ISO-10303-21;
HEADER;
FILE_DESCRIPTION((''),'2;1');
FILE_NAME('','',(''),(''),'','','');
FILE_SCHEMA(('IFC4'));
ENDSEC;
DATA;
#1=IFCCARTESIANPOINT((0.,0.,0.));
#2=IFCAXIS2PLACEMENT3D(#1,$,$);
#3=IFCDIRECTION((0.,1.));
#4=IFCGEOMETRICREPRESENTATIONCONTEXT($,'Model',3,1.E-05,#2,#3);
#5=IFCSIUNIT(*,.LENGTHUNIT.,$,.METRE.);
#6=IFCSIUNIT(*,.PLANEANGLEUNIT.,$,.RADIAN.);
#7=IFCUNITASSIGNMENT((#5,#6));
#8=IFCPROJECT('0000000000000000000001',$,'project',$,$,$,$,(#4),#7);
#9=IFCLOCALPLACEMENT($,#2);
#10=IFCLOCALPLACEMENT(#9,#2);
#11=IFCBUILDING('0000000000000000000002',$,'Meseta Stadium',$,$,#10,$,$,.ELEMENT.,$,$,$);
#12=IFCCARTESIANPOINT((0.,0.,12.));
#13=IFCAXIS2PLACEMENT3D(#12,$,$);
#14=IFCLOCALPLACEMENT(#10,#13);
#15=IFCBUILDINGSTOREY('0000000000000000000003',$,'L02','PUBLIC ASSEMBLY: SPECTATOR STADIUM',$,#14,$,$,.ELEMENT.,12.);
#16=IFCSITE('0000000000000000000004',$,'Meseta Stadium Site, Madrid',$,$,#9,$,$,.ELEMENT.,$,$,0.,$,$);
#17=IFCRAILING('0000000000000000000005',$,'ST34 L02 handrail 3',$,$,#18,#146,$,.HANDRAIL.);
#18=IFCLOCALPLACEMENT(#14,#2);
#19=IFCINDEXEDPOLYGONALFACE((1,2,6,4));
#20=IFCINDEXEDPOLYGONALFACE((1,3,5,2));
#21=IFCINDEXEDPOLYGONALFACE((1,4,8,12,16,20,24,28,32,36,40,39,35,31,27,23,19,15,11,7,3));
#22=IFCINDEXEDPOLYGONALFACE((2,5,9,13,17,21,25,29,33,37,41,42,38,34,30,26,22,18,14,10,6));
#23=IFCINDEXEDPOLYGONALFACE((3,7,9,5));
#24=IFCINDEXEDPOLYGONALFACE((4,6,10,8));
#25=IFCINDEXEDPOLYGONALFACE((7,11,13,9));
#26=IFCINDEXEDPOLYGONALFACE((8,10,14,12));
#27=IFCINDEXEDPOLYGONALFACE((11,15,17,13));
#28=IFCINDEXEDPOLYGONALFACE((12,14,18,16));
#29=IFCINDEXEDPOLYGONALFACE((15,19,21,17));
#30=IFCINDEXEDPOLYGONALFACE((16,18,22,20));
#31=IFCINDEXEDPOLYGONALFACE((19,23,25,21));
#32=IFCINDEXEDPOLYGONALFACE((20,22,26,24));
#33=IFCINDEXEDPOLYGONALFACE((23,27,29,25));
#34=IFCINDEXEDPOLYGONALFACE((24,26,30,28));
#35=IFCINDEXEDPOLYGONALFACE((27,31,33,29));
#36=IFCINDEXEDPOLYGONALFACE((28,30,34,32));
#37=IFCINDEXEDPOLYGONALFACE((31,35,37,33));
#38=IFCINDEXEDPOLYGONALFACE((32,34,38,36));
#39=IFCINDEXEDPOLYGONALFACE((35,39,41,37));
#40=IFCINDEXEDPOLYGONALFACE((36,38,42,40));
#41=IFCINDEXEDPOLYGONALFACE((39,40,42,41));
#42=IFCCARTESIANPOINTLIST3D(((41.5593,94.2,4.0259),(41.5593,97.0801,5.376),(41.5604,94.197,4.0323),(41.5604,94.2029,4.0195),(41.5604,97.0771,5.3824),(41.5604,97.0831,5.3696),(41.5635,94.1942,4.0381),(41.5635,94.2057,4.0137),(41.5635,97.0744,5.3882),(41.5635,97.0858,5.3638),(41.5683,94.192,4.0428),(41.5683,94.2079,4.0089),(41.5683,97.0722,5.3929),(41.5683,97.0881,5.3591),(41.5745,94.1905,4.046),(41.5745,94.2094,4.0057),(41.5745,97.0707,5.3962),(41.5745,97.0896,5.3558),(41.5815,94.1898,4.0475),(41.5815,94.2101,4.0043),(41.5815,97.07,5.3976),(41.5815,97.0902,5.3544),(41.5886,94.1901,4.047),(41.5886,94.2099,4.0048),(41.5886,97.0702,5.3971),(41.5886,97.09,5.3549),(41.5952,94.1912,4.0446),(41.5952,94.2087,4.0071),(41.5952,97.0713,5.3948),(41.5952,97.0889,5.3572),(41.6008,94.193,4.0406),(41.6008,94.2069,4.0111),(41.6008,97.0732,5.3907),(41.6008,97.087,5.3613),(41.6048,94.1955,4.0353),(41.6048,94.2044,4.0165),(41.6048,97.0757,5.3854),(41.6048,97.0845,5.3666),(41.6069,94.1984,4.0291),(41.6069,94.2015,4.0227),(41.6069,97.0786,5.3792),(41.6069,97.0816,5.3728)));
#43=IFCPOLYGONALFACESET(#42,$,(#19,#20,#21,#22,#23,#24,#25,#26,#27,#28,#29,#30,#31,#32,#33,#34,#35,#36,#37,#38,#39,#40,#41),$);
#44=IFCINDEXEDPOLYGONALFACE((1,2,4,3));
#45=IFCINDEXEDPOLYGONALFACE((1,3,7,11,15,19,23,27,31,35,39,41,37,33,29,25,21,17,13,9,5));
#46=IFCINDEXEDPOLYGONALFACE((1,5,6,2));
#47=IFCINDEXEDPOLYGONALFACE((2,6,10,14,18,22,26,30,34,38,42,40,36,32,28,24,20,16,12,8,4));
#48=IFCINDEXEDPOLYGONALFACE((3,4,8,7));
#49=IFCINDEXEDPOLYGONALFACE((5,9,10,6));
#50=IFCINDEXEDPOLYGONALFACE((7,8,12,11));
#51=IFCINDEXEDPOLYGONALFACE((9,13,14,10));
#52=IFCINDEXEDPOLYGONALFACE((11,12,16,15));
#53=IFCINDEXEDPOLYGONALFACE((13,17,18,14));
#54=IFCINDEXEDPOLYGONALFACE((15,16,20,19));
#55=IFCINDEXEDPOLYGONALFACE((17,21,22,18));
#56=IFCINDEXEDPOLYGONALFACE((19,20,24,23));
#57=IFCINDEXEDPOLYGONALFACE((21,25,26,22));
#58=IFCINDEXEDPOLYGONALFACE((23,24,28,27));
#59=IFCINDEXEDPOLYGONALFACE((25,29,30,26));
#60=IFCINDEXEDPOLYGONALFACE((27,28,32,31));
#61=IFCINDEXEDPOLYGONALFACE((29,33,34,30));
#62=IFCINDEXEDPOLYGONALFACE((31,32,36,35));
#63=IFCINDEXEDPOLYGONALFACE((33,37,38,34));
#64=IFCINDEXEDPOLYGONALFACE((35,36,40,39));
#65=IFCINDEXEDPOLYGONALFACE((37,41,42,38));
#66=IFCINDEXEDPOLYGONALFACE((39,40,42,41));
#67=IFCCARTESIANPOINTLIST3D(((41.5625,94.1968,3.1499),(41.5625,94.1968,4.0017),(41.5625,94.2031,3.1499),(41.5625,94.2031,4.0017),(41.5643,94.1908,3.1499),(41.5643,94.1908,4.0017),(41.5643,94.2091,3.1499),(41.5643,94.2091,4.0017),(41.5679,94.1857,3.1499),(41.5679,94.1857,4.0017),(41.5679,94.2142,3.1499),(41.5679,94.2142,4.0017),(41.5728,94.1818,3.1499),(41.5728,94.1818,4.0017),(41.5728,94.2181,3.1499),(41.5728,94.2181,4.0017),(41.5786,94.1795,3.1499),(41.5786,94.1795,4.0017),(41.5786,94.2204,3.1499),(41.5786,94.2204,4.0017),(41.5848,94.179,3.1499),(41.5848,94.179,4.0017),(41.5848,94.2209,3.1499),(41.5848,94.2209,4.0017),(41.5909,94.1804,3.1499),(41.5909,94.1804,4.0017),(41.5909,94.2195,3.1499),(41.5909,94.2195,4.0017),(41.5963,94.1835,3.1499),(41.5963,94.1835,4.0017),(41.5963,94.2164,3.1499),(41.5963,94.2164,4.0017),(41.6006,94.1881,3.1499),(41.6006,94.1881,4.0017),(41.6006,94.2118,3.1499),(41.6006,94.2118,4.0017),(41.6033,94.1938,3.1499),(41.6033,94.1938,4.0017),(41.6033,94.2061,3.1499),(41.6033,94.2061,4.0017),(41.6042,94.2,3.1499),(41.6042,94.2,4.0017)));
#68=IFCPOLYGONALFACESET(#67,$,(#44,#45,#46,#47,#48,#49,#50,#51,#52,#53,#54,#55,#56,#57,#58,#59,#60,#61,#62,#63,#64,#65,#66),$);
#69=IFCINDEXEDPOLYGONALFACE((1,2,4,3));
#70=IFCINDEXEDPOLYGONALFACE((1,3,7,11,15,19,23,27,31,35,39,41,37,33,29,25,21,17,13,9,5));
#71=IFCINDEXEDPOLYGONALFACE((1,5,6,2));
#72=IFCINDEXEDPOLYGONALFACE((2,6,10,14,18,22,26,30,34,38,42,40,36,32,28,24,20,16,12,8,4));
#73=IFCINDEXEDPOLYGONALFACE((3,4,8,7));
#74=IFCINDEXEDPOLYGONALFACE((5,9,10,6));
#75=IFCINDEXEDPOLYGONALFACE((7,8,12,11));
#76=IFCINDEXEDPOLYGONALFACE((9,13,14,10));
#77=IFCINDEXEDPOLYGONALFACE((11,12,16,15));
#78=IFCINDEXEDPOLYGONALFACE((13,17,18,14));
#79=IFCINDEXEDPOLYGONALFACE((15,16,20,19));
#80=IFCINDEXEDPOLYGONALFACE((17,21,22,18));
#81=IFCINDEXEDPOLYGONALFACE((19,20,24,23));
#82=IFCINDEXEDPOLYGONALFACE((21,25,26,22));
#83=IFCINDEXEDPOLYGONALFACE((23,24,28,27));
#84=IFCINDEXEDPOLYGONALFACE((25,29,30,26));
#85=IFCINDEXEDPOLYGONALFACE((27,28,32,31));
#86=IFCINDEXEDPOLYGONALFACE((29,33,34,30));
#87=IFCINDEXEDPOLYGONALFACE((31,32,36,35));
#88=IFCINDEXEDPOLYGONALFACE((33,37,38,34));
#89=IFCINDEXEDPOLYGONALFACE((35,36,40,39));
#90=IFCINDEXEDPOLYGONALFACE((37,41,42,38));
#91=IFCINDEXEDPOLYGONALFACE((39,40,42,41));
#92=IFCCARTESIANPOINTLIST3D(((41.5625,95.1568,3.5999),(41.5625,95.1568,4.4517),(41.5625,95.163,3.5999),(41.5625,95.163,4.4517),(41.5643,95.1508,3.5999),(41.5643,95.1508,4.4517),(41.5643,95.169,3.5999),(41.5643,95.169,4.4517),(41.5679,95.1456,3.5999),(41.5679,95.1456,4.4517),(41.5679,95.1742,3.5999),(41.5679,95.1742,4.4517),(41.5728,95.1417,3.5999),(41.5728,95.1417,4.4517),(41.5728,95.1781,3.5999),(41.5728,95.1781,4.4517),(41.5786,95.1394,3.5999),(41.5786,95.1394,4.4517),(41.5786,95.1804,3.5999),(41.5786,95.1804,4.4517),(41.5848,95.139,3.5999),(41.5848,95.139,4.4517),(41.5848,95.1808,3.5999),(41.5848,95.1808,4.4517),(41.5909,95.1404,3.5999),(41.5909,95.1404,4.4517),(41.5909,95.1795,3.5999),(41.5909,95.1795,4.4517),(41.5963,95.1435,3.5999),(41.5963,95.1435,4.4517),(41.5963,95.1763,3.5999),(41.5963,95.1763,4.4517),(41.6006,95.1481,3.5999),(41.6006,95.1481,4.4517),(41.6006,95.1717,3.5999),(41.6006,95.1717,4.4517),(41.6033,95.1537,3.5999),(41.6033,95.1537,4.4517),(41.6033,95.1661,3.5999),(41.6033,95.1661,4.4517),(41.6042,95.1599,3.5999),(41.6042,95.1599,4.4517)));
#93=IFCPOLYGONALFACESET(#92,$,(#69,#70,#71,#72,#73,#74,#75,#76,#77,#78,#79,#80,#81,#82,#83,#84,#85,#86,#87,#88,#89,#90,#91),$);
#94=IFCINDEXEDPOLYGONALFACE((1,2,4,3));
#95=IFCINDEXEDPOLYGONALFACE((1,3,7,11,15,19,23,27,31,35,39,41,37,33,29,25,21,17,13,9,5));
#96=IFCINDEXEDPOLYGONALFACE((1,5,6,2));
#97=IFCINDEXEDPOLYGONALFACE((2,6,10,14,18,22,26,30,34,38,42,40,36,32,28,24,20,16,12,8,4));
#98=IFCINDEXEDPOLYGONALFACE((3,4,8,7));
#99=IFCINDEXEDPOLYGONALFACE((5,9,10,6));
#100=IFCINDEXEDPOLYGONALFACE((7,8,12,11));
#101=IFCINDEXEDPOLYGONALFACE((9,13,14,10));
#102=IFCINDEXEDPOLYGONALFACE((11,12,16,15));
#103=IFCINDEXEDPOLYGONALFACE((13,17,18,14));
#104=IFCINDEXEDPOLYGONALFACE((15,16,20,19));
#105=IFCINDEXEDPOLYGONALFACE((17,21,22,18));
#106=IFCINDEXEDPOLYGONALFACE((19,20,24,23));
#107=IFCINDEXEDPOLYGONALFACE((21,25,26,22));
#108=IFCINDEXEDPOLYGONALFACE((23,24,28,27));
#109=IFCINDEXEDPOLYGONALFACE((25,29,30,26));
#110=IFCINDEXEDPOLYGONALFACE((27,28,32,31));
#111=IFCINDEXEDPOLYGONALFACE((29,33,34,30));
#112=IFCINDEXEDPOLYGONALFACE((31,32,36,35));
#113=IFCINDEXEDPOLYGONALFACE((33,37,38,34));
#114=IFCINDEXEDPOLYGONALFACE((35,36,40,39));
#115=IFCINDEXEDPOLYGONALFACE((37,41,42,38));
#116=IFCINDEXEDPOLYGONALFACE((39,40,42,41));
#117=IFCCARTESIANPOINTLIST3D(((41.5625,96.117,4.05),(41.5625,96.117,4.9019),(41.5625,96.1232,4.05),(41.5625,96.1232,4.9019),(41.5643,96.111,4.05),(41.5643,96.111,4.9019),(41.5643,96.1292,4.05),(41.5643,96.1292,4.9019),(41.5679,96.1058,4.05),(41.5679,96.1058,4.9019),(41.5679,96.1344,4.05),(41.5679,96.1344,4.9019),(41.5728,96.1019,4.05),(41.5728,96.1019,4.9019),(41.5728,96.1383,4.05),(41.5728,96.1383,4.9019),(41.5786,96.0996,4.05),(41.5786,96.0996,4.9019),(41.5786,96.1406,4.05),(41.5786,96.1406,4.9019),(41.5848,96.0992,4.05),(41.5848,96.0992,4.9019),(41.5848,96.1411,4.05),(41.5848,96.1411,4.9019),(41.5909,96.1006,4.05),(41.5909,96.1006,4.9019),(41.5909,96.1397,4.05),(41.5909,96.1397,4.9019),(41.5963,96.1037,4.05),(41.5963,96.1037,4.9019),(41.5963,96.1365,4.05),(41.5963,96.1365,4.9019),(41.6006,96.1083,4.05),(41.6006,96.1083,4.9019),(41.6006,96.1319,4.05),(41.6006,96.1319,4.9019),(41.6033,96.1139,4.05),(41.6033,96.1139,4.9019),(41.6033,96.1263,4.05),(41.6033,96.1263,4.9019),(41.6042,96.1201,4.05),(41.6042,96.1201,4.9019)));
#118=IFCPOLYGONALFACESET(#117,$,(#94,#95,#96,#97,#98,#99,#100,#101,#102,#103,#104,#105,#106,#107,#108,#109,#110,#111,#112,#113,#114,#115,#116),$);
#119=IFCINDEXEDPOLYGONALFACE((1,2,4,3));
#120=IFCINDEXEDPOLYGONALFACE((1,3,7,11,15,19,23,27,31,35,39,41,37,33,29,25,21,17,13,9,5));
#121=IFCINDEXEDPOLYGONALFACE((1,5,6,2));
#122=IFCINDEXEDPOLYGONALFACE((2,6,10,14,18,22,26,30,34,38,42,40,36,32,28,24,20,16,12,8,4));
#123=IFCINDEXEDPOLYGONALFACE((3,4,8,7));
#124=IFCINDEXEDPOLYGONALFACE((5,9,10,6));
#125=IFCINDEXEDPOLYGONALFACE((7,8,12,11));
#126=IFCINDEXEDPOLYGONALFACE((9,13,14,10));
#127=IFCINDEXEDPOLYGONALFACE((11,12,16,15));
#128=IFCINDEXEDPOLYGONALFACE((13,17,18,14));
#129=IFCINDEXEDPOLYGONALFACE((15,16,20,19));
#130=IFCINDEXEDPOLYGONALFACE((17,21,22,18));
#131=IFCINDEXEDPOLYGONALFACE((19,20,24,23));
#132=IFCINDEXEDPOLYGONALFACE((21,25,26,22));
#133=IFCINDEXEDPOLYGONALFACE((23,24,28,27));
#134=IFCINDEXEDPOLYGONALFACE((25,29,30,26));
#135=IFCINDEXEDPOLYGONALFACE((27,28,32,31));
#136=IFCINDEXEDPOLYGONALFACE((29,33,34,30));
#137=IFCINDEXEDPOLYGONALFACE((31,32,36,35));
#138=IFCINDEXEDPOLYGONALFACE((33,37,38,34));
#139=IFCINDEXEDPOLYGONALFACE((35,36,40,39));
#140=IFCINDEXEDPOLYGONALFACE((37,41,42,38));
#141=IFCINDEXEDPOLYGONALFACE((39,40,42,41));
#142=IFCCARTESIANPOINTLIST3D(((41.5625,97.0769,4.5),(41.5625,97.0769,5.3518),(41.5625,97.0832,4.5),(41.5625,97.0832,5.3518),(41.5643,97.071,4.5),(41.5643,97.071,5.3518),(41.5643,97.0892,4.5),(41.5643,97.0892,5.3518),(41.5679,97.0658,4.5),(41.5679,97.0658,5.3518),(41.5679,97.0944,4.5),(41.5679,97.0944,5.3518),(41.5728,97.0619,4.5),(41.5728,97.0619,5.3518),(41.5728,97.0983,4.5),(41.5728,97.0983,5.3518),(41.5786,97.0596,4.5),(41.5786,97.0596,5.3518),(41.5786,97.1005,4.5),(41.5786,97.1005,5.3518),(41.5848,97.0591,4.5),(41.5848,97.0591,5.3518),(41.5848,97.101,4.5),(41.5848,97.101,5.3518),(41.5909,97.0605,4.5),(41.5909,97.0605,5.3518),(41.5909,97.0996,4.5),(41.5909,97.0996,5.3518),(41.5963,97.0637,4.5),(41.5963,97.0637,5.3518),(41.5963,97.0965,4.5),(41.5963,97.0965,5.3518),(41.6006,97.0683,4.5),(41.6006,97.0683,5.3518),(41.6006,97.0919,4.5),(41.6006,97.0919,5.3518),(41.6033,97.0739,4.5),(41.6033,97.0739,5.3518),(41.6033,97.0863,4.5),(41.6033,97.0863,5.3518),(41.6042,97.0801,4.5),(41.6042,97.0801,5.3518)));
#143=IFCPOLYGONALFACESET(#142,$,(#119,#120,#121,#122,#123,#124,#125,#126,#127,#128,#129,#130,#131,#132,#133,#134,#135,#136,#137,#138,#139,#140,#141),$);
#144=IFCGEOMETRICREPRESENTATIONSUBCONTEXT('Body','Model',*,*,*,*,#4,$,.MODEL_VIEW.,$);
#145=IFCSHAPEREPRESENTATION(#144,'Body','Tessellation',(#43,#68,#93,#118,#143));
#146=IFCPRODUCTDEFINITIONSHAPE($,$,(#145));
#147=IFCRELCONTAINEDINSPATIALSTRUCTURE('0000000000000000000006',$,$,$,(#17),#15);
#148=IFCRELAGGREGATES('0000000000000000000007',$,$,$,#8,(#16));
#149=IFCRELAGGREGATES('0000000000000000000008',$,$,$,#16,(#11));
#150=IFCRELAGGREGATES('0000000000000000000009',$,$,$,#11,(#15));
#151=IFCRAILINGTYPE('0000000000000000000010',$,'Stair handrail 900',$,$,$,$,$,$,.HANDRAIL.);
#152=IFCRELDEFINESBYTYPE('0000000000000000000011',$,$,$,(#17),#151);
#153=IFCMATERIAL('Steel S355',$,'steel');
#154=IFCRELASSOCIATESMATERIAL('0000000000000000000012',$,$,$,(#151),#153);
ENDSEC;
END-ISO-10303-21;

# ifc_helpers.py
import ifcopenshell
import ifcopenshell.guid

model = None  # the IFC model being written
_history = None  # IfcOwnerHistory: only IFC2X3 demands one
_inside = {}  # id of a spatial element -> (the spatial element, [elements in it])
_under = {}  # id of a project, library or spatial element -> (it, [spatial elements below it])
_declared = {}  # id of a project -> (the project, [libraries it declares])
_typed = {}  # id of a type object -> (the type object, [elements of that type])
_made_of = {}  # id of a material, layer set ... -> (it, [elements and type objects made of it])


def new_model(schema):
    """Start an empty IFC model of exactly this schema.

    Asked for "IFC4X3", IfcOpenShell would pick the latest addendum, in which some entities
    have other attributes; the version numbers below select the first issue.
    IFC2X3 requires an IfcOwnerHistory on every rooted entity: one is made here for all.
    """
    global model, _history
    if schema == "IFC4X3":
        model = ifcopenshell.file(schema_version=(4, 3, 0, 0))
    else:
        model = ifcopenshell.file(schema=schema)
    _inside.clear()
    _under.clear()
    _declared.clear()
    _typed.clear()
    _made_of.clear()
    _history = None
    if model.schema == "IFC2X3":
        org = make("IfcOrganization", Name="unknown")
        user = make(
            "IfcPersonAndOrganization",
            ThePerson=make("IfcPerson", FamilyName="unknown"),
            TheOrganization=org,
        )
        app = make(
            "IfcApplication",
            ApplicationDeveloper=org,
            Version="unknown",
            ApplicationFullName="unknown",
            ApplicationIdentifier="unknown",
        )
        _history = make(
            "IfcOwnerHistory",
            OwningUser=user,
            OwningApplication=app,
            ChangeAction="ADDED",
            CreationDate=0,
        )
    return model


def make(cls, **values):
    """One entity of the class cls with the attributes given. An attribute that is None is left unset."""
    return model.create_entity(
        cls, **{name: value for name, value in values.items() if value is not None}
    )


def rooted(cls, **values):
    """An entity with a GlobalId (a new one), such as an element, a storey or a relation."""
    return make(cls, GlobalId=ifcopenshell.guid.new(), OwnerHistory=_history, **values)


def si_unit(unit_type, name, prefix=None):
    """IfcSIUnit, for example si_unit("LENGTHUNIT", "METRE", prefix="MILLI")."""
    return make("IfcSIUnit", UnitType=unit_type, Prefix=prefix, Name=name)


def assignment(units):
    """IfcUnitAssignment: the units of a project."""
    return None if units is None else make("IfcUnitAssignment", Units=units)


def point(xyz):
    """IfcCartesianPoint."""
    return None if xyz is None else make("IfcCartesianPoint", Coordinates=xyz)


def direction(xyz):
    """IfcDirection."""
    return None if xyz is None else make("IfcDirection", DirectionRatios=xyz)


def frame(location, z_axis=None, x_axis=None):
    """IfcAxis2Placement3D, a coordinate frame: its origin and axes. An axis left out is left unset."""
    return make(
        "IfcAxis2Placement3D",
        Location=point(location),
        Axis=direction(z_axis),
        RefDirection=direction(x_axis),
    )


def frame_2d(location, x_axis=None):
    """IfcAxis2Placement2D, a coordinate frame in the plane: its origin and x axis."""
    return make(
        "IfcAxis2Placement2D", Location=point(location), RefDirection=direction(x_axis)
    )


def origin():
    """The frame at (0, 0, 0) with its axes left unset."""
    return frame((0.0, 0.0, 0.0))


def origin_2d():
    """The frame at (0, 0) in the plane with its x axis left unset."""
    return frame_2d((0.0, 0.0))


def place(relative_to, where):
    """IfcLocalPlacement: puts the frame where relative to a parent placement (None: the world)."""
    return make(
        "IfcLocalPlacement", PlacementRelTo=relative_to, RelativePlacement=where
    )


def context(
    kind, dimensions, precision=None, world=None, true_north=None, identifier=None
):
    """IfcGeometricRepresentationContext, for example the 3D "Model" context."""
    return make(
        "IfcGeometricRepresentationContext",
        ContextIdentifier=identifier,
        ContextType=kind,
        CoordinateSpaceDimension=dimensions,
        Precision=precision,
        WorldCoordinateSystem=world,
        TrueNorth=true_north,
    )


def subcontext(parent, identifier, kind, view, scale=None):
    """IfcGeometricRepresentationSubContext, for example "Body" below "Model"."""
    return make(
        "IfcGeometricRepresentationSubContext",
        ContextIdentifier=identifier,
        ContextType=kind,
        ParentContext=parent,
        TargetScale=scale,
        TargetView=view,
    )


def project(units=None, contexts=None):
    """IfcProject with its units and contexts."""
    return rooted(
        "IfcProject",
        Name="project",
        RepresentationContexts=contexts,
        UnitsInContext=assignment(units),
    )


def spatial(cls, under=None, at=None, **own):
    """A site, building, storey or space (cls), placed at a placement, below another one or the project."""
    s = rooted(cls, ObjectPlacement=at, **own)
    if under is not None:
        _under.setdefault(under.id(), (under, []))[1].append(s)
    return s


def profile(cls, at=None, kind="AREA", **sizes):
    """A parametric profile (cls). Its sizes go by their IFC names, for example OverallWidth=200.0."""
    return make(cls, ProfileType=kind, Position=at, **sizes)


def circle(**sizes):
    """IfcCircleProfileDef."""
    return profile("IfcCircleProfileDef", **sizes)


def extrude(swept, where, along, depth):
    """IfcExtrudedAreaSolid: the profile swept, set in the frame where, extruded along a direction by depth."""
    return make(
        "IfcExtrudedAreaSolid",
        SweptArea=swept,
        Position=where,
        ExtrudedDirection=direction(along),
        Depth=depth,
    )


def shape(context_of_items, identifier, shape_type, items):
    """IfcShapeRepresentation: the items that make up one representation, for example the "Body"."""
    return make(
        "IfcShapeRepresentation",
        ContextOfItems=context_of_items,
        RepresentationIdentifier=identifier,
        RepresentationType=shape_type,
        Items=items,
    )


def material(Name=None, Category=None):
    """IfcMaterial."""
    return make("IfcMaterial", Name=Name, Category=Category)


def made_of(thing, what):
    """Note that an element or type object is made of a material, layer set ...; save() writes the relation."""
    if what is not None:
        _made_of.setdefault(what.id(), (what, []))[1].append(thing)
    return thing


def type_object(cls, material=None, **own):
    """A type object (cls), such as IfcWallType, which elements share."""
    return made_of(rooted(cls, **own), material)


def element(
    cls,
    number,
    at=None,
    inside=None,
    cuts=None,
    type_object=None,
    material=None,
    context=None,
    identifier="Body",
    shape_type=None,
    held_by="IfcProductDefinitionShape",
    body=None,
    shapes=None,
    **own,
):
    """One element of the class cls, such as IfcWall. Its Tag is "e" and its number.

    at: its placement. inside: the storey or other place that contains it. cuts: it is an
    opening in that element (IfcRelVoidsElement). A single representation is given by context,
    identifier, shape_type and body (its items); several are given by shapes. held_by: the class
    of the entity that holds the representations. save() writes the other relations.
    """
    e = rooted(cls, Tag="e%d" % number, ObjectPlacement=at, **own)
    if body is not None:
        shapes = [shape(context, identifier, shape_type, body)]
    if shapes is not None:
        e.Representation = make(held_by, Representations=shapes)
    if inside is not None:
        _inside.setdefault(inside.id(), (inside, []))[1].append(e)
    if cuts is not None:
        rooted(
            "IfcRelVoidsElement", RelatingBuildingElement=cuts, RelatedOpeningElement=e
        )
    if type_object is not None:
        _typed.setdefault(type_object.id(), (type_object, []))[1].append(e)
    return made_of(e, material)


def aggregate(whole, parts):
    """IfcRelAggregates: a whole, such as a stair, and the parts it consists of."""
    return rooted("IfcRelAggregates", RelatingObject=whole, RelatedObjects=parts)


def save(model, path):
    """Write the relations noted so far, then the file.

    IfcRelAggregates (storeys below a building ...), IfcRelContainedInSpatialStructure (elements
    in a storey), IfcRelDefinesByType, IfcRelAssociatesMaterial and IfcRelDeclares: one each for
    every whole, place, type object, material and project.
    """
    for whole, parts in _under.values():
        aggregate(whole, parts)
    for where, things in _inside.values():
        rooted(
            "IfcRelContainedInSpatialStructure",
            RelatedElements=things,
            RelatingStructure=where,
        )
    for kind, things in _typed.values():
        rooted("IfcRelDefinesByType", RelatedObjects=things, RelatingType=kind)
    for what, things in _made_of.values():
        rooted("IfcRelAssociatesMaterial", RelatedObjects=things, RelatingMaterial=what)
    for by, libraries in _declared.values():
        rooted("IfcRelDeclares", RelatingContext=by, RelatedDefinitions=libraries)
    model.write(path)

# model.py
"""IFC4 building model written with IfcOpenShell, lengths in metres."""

from ifc_helpers import new_model, si_unit, direction, frame, origin, origin_2d, place, context, subcontext, project, spatial, circle, extrude, material, type_object, element, save


model = new_model("IFC4")

# Units and contexts
model_context = context("Model", 3, precision=1e-05, world=origin(), true_north=direction((0.0, 1.0)))
body_context = subcontext(model_context, "Body", "Model", "MODEL_VIEW")
ifc_project = project(units=[si_unit("LENGTHUNIT", "METRE"), si_unit("PLANEANGLEUNIT", "RADIAN")], contexts=[model_context])

# Site, building, storey
site_placement = place(None, origin())
site = spatial("IfcSite", under=ifc_project, at=site_placement, Name="Meseta Stadium Site, Madrid", CompositionType="ELEMENT", RefElevation=0.0)
building_placement = place(site_placement, origin())
building = spatial("IfcBuilding", under=site, at=building_placement, Name="Meseta Stadium", CompositionType="ELEMENT")
storey_placement = place(building_placement, frame((0.0, 0.0, 12.0)))
storey = spatial("IfcBuildingStorey", under=building, at=storey_placement, Name="L02", Description="PUBLIC ASSEMBLY: SPECTATOR STADIUM", CompositionType="ELEMENT", Elevation=12.0)

# Railing
ifc_material_1 = material(Name="Steel S355", Category="steel")
railing_type_1 = type_object("IfcRailingType", Name="Stair handrail 900", PredefinedType="HANDRAIL", material=ifc_material_1)
for number, where, name in (
    (1, (41.5833, 94.2, 3.1499), "ST34 L02 handrail 3"),
):
    element("IfcRailing", number, at=place(storey_placement, frame(where)), inside=storey, type_object=railing_type_1, Name=name, PredefinedType="HANDRAIL", context=body_context, shape_type="SweptSolid", body=[
        extrude(circle(Radius=0.0239, at=origin_2d()), frame((0.0, 0.0, 0.876), z_axis=(0.0, 0.905454, 0.424444), x_axis=(-1.0, 0.0, 0.0)), (0.0, 0.0, 1.0), 3.1809),
        extrude(circle(Radius=0.021, at=origin_2d()), origin(), (0.0, 0.0, 1.0), 0.8518),
        extrude(circle(Radius=0.021, at=origin_2d()), frame((0.0, 0.96, 0.45)), (0.0, 0.0, 1.0), 0.8518),
        extrude(circle(Radius=0.021, at=origin_2d()), frame((0.0, 1.9202, 0.9001)), (0.0, 0.0, 1.0), 0.8518),
        extrude(circle(Radius=0.021, at=origin_2d()), frame((0.0, 2.8801, 1.3501)), (0.0, 0.0, 1.0), 0.8518),
    ])

save(model, "model.ifc")
